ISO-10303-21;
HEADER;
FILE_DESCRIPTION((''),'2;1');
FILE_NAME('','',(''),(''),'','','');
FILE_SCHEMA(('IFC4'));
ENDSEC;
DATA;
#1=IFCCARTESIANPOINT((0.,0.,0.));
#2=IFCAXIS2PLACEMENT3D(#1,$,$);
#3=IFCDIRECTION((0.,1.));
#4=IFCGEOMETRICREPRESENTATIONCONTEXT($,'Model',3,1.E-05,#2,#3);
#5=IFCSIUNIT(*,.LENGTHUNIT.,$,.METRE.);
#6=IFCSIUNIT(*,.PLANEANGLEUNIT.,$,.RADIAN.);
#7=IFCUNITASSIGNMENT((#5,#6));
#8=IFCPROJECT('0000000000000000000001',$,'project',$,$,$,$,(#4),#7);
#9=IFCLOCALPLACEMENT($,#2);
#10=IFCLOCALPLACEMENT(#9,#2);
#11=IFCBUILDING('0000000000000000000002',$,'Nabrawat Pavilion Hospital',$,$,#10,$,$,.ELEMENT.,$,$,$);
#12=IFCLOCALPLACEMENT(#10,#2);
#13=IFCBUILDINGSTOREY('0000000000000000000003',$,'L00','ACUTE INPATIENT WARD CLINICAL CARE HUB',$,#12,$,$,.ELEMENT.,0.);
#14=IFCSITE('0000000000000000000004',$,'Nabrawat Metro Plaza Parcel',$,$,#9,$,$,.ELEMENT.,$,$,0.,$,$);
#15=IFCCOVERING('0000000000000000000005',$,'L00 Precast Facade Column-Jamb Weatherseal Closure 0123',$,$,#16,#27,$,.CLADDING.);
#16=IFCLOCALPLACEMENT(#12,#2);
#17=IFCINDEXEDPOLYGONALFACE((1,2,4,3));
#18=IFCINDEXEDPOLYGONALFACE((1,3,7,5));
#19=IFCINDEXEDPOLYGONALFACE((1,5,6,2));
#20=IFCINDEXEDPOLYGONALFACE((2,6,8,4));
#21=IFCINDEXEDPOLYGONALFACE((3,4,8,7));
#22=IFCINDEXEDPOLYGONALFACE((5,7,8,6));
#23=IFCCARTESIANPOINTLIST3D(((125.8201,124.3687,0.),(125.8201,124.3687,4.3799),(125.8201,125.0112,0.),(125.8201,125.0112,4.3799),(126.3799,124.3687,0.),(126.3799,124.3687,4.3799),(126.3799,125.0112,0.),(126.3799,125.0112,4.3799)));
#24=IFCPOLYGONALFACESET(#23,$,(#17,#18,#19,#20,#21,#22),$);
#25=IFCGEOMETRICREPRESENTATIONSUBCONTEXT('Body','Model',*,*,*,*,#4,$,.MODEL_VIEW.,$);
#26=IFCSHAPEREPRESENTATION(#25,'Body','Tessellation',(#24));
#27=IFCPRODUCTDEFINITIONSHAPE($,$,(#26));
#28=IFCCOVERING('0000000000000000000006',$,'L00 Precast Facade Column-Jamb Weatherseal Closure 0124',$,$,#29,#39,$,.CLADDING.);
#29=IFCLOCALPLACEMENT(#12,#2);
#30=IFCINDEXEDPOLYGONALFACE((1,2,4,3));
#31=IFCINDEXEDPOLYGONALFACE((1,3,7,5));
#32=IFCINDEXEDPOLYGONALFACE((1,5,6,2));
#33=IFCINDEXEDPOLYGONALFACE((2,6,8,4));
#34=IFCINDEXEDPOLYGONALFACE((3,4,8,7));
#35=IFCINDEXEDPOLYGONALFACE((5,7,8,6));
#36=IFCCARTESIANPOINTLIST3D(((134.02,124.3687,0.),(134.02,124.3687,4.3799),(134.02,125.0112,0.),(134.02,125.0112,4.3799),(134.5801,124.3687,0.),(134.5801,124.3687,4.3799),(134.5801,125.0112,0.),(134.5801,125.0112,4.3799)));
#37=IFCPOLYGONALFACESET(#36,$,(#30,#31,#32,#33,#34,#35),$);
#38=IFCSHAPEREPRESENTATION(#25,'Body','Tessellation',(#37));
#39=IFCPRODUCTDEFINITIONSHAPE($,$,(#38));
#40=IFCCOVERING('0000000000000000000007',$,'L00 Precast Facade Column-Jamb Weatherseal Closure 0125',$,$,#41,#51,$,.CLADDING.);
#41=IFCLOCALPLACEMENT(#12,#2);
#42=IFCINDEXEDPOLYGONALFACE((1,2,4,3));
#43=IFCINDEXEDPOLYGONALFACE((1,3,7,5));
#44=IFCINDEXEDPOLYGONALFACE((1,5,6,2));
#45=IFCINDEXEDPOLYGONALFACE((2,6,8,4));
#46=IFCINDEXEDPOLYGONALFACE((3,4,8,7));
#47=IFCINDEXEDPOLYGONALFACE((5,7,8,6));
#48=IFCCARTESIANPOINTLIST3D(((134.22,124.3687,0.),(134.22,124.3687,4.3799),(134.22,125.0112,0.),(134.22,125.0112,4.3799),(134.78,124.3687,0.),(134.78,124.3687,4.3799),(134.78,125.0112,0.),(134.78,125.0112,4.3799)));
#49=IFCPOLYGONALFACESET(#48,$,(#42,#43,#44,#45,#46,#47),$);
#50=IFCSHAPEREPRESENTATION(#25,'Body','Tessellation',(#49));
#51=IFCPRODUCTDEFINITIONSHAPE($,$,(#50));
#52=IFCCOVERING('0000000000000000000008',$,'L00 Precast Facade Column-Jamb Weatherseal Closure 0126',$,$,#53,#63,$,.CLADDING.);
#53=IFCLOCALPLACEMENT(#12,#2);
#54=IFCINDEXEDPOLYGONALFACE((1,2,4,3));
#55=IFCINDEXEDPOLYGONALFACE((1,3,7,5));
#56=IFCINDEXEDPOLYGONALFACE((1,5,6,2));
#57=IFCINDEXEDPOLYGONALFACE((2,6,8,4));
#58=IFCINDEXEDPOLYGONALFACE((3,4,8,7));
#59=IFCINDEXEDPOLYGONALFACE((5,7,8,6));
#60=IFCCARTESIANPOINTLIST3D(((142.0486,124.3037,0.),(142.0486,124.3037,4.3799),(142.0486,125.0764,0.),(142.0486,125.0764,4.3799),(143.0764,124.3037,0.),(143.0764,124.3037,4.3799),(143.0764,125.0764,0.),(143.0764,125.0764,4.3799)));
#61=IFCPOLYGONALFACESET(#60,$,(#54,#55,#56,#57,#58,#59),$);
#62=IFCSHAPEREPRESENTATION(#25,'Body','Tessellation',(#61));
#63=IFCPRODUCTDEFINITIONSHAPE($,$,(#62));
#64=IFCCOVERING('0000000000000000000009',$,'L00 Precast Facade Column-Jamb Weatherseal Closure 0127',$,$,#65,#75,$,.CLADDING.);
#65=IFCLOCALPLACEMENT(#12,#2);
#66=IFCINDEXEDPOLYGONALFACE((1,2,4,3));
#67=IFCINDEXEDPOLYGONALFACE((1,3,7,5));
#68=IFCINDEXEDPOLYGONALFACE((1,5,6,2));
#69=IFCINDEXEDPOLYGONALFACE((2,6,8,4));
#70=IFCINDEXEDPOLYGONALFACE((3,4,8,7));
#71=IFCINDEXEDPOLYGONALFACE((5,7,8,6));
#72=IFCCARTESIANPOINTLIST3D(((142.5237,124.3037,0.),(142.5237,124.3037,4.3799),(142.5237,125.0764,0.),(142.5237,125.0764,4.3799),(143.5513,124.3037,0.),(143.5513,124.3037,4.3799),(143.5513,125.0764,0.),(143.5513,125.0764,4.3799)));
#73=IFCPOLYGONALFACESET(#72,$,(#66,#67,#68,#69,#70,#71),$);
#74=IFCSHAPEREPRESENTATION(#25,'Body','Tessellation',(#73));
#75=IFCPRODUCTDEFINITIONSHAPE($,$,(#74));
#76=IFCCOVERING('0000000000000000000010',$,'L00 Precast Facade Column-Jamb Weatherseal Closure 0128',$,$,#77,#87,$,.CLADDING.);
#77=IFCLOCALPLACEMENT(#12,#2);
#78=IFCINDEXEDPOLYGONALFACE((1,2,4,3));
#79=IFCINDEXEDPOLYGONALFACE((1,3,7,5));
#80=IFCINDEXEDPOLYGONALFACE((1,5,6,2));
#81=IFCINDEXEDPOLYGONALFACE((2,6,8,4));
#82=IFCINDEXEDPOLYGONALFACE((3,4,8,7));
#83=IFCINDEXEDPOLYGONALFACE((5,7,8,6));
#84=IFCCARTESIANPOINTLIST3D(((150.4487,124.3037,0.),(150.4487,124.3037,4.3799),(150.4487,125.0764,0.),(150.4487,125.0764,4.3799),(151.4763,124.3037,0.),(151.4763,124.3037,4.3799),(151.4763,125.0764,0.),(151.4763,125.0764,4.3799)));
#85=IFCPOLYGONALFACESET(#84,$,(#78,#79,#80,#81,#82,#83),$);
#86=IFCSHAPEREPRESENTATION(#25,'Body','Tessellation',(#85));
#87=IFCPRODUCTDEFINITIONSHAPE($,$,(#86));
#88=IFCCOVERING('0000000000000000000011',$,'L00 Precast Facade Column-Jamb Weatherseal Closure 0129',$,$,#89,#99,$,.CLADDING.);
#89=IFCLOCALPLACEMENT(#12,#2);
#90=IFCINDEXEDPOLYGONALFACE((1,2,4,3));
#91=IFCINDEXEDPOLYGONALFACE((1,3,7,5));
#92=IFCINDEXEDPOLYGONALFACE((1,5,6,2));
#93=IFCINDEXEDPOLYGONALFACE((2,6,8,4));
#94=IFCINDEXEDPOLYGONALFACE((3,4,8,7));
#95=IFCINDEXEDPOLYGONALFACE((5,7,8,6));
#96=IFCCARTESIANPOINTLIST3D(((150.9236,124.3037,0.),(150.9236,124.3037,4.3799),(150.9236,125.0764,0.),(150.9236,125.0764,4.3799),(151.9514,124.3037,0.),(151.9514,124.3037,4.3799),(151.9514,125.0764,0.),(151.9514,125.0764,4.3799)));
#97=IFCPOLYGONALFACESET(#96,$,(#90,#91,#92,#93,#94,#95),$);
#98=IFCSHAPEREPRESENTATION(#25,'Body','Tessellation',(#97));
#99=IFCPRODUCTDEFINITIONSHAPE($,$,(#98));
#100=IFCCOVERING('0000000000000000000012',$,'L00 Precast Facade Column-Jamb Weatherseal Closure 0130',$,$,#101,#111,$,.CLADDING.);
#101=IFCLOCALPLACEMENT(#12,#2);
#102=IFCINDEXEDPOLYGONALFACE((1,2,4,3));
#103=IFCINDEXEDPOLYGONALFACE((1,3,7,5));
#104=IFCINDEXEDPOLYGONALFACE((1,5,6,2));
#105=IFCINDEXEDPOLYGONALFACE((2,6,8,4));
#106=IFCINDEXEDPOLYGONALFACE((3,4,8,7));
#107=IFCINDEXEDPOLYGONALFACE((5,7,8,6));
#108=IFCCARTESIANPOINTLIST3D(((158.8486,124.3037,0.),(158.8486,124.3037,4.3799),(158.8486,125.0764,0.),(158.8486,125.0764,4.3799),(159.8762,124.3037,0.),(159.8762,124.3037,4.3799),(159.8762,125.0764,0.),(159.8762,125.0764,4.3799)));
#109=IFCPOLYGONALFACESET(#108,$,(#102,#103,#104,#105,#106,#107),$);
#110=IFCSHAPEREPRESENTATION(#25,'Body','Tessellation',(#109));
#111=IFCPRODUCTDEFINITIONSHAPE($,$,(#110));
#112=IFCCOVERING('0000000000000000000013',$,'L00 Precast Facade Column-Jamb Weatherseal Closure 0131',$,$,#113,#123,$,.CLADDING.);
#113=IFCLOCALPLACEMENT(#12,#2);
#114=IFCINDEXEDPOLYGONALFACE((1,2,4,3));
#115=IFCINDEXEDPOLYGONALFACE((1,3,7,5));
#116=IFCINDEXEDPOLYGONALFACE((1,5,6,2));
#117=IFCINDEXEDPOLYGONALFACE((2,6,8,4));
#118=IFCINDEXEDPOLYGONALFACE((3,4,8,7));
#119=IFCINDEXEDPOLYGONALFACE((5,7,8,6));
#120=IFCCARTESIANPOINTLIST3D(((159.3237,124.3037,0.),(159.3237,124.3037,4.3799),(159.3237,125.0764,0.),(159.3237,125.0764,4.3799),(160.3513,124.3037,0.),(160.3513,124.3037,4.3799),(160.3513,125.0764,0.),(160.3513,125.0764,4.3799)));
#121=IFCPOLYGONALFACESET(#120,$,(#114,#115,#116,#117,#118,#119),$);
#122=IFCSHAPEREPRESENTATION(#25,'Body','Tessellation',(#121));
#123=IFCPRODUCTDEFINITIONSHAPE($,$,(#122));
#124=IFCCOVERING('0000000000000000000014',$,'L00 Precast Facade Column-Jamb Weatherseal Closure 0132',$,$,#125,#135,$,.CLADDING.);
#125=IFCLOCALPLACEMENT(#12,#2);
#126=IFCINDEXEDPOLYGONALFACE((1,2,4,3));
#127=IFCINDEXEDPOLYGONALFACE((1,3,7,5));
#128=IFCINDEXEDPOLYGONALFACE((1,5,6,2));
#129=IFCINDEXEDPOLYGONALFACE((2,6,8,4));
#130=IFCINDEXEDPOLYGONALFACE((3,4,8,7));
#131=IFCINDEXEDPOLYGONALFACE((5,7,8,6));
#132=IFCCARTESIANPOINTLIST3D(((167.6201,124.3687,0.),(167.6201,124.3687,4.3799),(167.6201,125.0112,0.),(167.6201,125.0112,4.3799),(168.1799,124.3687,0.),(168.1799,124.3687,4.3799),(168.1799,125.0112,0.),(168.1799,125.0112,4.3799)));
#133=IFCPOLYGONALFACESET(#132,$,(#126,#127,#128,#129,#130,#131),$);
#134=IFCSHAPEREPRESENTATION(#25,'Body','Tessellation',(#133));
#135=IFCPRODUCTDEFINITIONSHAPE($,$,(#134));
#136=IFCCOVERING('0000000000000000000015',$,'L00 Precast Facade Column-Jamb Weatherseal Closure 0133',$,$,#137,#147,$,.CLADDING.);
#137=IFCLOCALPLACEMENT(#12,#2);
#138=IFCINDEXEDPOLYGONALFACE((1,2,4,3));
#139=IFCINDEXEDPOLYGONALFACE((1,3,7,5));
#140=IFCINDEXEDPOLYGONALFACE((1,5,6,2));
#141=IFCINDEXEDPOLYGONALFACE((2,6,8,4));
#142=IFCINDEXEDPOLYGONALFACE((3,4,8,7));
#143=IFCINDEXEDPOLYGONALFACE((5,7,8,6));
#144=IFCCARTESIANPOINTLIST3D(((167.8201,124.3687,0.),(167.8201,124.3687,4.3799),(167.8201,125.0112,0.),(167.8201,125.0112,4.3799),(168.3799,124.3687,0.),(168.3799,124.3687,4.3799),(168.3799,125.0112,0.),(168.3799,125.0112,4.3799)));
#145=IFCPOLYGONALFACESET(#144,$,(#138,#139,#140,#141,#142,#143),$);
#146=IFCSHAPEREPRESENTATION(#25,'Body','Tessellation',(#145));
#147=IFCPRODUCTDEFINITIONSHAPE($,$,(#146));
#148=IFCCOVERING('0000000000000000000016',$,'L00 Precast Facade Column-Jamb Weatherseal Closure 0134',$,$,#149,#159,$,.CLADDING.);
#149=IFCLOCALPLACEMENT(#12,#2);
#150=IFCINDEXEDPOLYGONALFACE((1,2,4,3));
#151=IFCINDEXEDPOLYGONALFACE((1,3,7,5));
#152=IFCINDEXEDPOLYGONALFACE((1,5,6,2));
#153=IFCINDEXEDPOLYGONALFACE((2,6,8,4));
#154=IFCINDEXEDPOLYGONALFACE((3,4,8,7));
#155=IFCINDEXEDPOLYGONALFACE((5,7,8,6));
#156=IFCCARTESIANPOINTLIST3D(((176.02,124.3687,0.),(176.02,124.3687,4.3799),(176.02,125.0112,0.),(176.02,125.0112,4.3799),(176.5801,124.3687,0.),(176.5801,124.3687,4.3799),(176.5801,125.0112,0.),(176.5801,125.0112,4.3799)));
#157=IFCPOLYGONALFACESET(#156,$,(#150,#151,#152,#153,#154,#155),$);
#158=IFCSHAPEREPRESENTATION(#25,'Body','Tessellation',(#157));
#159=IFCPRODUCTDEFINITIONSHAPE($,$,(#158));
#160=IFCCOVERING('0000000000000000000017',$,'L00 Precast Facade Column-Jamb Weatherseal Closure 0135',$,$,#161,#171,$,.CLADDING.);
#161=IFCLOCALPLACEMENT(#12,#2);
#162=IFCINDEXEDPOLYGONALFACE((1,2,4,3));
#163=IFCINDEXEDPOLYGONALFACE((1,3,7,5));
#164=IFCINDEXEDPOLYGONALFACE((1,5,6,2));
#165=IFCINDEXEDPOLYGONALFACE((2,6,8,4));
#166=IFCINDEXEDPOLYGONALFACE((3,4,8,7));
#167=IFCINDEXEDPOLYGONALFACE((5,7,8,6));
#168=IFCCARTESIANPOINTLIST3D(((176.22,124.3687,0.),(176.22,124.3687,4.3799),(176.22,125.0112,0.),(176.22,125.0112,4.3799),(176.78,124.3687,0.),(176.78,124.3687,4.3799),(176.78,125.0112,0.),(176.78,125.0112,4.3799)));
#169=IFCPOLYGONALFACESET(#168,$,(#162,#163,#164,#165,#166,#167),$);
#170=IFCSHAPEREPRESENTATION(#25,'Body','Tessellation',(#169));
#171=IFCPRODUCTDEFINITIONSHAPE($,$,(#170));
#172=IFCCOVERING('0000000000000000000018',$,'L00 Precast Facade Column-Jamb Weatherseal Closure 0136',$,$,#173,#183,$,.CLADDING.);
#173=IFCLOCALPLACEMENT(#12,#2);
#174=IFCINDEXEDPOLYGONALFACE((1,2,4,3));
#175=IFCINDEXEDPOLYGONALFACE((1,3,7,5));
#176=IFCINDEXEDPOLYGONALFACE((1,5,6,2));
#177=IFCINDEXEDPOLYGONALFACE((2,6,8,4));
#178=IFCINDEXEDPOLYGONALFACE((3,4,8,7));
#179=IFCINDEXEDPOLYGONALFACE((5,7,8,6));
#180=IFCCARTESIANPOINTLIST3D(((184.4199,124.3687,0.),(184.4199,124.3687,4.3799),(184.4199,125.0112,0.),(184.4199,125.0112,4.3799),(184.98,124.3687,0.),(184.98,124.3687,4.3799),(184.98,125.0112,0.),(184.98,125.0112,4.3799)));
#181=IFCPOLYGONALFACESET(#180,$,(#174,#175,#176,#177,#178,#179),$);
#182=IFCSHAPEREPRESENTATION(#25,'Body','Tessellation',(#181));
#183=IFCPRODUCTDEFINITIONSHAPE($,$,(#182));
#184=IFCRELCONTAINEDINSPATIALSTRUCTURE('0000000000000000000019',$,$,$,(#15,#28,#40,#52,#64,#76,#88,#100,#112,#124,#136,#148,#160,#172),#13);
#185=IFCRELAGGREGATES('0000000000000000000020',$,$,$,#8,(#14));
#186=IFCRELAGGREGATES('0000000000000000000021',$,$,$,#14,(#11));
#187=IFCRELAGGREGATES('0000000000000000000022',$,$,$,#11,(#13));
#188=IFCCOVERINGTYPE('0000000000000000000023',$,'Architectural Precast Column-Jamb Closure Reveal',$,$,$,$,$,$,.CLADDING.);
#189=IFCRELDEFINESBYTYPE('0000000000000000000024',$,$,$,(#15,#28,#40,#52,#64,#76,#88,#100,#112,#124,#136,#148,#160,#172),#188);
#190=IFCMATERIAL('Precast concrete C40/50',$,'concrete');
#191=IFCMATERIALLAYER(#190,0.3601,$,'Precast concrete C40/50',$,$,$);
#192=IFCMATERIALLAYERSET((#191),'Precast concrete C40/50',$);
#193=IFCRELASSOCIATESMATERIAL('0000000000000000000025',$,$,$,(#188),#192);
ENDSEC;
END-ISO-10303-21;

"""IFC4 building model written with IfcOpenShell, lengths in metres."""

from ifc_helpers import new_model, si_unit, direction, origin, place, context, subcontext, project, spatial, polyline, outline, extrude, material, layer, layer_set, type_object, element, save


model = new_model("IFC4")

# Units and contexts
model_context = context("Model", 3, precision=1e-05, world=origin(), true_north=direction((0.0, 1.0)))
body_context = subcontext(model_context, "Body", "Model", "MODEL_VIEW")
ifc_project = project(units=[si_unit("LENGTHUNIT", "METRE"), si_unit("PLANEANGLEUNIT", "RADIAN")], contexts=[model_context])

# Site, building, storey
site_placement = place(None, origin())
site = spatial("IfcSite", under=ifc_project, at=site_placement, Name="Nabrawat Metro Plaza Parcel", CompositionType="ELEMENT", RefElevation=0.0)
building_placement = place(site_placement, origin())
building = spatial("IfcBuilding", under=site, at=building_placement, Name="Nabrawat Pavilion Hospital", CompositionType="ELEMENT")
storey_placement = place(building_placement, origin())
storey = spatial("IfcBuildingStorey", under=building, at=storey_placement, Name="L00", Description="ACUTE INPATIENT WARD CLINICAL CARE HUB", CompositionType="ELEMENT", Elevation=0.0)

# Coverings
ifc_material = material(Name="Precast concrete C40/50", Category="concrete")
ifc_layer = layer(ifc_material, 0.3601, Name="Precast concrete C40/50")
ifc_layer_set = layer_set([ifc_layer], Name="Precast concrete C40/50")
covering_type = type_object("IfcCoveringType", Name="Architectural Precast Column-Jamb Closure Reveal", PredefinedType="CLADDING", material=ifc_layer_set)
covering_1_placement = place(storey_placement, origin())
element("IfcCovering", 1, at=covering_1_placement, inside=storey, type_object=covering_type, Name="L00 Precast Facade Column-Jamb Weatherseal Closure 0123", PredefinedType="CLADDING", context=body_context, shape_type="SweptSolid", body=[
    extrude(outline(polyline([(126.3799, 124.3687), (126.3799, 125.0112), (125.8201, 125.0112), (125.8201, 124.3687), (126.3799, 124.3687)])), origin(), (0.0, 0.0, 1.0), 4.3799),
])
covering_2_placement = place(storey_placement, origin())
element("IfcCovering", 2, at=covering_2_placement, inside=storey, type_object=covering_type, Name="L00 Precast Facade Column-Jamb Weatherseal Closure 0124", PredefinedType="CLADDING", context=body_context, shape_type="SweptSolid", body=[
    extrude(outline(polyline([(134.5801, 124.3687), (134.5801, 125.0112), (134.02, 125.0112), (134.02, 124.3687), (134.5801, 124.3687)])), origin(), (0.0, 0.0, 1.0), 4.3799),
])
covering_3_placement = place(storey_placement, origin())
element("IfcCovering", 3, at=covering_3_placement, inside=storey, type_object=covering_type, Name="L00 Precast Facade Column-Jamb Weatherseal Closure 0125", PredefinedType="CLADDING", context=body_context, shape_type="SweptSolid", body=[
    extrude(outline(polyline([(134.78, 124.3687), (134.78, 125.0112), (134.22, 125.0112), (134.22, 124.3687), (134.78, 124.3687)])), origin(), (0.0, 0.0, 1.0), 4.3799),
])
covering_4_placement = place(storey_placement, origin())
element("IfcCovering", 4, at=covering_4_placement, inside=storey, type_object=covering_type, Name="L00 Precast Facade Column-Jamb Weatherseal Closure 0126", PredefinedType="CLADDING", context=body_context, shape_type="SweptSolid", body=[
    extrude(outline(polyline([(143.0764, 124.3037), (143.0764, 125.0764), (142.0486, 125.0764), (142.0486, 124.3037), (143.0764, 124.3037)])), origin(), (0.0, 0.0, 1.0), 4.3799),
])
covering_5_placement = place(storey_placement, origin())
element("IfcCovering", 5, at=covering_5_placement, inside=storey, type_object=covering_type, Name="L00 Precast Facade Column-Jamb Weatherseal Closure 0127", PredefinedType="CLADDING", context=body_context, shape_type="SweptSolid", body=[
    extrude(outline(polyline([(143.5513, 124.3037), (143.5513, 125.0764), (142.5237, 125.0764), (142.5237, 124.3037), (143.5513, 124.3037)])), origin(), (0.0, 0.0, 1.0), 4.3799),
])
covering_6_placement = place(storey_placement, origin())
element("IfcCovering", 6, at=covering_6_placement, inside=storey, type_object=covering_type, Name="L00 Precast Facade Column-Jamb Weatherseal Closure 0128", PredefinedType="CLADDING", context=body_context, shape_type="SweptSolid", body=[
    extrude(outline(polyline([(151.4763, 124.3037), (151.4763, 125.0764), (150.4487, 125.0764), (150.4487, 124.3037), (151.4763, 124.3037)])), origin(), (0.0, 0.0, 1.0), 4.3799),
])
covering_7_placement = place(storey_placement, origin())
element("IfcCovering", 7, at=covering_7_placement, inside=storey, type_object=covering_type, Name="L00 Precast Facade Column-Jamb Weatherseal Closure 0129", PredefinedType="CLADDING", context=body_context, shape_type="SweptSolid", body=[
    extrude(outline(polyline([(151.9514, 124.3037), (151.9514, 125.0764), (150.9236, 125.0764), (150.9236, 124.3037), (151.9514, 124.3037)])), origin(), (0.0, 0.0, 1.0), 4.3799),
])
covering_8_placement = place(storey_placement, origin())
element("IfcCovering", 8, at=covering_8_placement, inside=storey, type_object=covering_type, Name="L00 Precast Facade Column-Jamb Weatherseal Closure 0130", PredefinedType="CLADDING", context=body_context, shape_type="SweptSolid", body=[
    extrude(outline(polyline([(159.8762, 124.3037), (159.8762, 125.0764), (158.8486, 125.0764), (158.8486, 124.3037), (159.8762, 124.3037)])), origin(), (0.0, 0.0, 1.0), 4.3799),
])
covering_9_placement = place(storey_placement, origin())
element("IfcCovering", 9, at=covering_9_placement, inside=storey, type_object=covering_type, Name="L00 Precast Facade Column-Jamb Weatherseal Closure 0131", PredefinedType="CLADDING", context=body_context, shape_type="SweptSolid", body=[
    extrude(outline(polyline([(160.3513, 124.3037), (160.3513, 125.0764), (159.3237, 125.0764), (159.3237, 124.3037), (160.3513, 124.3037)])), origin(), (0.0, 0.0, 1.0), 4.3799),
])
covering_10_placement = place(storey_placement, origin())
element("IfcCovering", 10, at=covering_10_placement, inside=storey, type_object=covering_type, Name="L00 Precast Facade Column-Jamb Weatherseal Closure 0132", PredefinedType="CLADDING", context=body_context, shape_type="SweptSolid", body=[
    extrude(outline(polyline([(168.1799, 124.3687), (168.1799, 125.0112), (167.6201, 125.0112), (167.6201, 124.3687), (168.1799, 124.3687)])), origin(), (0.0, 0.0, 1.0), 4.3799),
])
covering_11_placement = place(storey_placement, origin())
element("IfcCovering", 11, at=covering_11_placement, inside=storey, type_object=covering_type, Name="L00 Precast Facade Column-Jamb Weatherseal Closure 0133", PredefinedType="CLADDING", context=body_context, shape_type="SweptSolid", body=[
    extrude(outline(polyline([(168.3799, 124.3687), (168.3799, 125.0112), (167.8201, 125.0112), (167.8201, 124.3687), (168.3799, 124.3687)])), origin(), (0.0, 0.0, 1.0), 4.3799),
])
covering_12_placement = place(storey_placement, origin())
element("IfcCovering", 12, at=covering_12_placement, inside=storey, type_object=covering_type, Name="L00 Precast Facade Column-Jamb Weatherseal Closure 0134", PredefinedType="CLADDING", context=body_context, shape_type="SweptSolid", body=[
    extrude(outline(polyline([(176.5801, 124.3687), (176.5801, 125.0112), (176.02, 125.0112), (176.02, 124.3687), (176.5801, 124.3687)])), origin(), (0.0, 0.0, 1.0), 4.3799),
])
covering_13_placement = place(storey_placement, origin())
element("IfcCovering", 13, at=covering_13_placement, inside=storey, type_object=covering_type, Name="L00 Precast Facade Column-Jamb Weatherseal Closure 0135", PredefinedType="CLADDING", context=body_context, shape_type="SweptSolid", body=[
    extrude(outline(polyline([(176.78, 124.3687), (176.78, 125.0112), (176.22, 125.0112), (176.22, 124.3687), (176.78, 124.3687)])), origin(), (0.0, 0.0, 1.0), 4.3799),
])
covering_14_placement = place(storey_placement, origin())
element("IfcCovering", 14, at=covering_14_placement, inside=storey, type_object=covering_type, Name="L00 Precast Facade Column-Jamb Weatherseal Closure 0136", PredefinedType="CLADDING", context=body_context, shape_type="SweptSolid", body=[
    extrude(outline(polyline([(184.98, 124.3687), (184.98, 125.0112), (184.4199, 125.0112), (184.4199, 124.3687), (184.98, 124.3687)])), origin(), (0.0, 0.0, 1.0), 4.3799),
])

save(model, "model.ifc")
